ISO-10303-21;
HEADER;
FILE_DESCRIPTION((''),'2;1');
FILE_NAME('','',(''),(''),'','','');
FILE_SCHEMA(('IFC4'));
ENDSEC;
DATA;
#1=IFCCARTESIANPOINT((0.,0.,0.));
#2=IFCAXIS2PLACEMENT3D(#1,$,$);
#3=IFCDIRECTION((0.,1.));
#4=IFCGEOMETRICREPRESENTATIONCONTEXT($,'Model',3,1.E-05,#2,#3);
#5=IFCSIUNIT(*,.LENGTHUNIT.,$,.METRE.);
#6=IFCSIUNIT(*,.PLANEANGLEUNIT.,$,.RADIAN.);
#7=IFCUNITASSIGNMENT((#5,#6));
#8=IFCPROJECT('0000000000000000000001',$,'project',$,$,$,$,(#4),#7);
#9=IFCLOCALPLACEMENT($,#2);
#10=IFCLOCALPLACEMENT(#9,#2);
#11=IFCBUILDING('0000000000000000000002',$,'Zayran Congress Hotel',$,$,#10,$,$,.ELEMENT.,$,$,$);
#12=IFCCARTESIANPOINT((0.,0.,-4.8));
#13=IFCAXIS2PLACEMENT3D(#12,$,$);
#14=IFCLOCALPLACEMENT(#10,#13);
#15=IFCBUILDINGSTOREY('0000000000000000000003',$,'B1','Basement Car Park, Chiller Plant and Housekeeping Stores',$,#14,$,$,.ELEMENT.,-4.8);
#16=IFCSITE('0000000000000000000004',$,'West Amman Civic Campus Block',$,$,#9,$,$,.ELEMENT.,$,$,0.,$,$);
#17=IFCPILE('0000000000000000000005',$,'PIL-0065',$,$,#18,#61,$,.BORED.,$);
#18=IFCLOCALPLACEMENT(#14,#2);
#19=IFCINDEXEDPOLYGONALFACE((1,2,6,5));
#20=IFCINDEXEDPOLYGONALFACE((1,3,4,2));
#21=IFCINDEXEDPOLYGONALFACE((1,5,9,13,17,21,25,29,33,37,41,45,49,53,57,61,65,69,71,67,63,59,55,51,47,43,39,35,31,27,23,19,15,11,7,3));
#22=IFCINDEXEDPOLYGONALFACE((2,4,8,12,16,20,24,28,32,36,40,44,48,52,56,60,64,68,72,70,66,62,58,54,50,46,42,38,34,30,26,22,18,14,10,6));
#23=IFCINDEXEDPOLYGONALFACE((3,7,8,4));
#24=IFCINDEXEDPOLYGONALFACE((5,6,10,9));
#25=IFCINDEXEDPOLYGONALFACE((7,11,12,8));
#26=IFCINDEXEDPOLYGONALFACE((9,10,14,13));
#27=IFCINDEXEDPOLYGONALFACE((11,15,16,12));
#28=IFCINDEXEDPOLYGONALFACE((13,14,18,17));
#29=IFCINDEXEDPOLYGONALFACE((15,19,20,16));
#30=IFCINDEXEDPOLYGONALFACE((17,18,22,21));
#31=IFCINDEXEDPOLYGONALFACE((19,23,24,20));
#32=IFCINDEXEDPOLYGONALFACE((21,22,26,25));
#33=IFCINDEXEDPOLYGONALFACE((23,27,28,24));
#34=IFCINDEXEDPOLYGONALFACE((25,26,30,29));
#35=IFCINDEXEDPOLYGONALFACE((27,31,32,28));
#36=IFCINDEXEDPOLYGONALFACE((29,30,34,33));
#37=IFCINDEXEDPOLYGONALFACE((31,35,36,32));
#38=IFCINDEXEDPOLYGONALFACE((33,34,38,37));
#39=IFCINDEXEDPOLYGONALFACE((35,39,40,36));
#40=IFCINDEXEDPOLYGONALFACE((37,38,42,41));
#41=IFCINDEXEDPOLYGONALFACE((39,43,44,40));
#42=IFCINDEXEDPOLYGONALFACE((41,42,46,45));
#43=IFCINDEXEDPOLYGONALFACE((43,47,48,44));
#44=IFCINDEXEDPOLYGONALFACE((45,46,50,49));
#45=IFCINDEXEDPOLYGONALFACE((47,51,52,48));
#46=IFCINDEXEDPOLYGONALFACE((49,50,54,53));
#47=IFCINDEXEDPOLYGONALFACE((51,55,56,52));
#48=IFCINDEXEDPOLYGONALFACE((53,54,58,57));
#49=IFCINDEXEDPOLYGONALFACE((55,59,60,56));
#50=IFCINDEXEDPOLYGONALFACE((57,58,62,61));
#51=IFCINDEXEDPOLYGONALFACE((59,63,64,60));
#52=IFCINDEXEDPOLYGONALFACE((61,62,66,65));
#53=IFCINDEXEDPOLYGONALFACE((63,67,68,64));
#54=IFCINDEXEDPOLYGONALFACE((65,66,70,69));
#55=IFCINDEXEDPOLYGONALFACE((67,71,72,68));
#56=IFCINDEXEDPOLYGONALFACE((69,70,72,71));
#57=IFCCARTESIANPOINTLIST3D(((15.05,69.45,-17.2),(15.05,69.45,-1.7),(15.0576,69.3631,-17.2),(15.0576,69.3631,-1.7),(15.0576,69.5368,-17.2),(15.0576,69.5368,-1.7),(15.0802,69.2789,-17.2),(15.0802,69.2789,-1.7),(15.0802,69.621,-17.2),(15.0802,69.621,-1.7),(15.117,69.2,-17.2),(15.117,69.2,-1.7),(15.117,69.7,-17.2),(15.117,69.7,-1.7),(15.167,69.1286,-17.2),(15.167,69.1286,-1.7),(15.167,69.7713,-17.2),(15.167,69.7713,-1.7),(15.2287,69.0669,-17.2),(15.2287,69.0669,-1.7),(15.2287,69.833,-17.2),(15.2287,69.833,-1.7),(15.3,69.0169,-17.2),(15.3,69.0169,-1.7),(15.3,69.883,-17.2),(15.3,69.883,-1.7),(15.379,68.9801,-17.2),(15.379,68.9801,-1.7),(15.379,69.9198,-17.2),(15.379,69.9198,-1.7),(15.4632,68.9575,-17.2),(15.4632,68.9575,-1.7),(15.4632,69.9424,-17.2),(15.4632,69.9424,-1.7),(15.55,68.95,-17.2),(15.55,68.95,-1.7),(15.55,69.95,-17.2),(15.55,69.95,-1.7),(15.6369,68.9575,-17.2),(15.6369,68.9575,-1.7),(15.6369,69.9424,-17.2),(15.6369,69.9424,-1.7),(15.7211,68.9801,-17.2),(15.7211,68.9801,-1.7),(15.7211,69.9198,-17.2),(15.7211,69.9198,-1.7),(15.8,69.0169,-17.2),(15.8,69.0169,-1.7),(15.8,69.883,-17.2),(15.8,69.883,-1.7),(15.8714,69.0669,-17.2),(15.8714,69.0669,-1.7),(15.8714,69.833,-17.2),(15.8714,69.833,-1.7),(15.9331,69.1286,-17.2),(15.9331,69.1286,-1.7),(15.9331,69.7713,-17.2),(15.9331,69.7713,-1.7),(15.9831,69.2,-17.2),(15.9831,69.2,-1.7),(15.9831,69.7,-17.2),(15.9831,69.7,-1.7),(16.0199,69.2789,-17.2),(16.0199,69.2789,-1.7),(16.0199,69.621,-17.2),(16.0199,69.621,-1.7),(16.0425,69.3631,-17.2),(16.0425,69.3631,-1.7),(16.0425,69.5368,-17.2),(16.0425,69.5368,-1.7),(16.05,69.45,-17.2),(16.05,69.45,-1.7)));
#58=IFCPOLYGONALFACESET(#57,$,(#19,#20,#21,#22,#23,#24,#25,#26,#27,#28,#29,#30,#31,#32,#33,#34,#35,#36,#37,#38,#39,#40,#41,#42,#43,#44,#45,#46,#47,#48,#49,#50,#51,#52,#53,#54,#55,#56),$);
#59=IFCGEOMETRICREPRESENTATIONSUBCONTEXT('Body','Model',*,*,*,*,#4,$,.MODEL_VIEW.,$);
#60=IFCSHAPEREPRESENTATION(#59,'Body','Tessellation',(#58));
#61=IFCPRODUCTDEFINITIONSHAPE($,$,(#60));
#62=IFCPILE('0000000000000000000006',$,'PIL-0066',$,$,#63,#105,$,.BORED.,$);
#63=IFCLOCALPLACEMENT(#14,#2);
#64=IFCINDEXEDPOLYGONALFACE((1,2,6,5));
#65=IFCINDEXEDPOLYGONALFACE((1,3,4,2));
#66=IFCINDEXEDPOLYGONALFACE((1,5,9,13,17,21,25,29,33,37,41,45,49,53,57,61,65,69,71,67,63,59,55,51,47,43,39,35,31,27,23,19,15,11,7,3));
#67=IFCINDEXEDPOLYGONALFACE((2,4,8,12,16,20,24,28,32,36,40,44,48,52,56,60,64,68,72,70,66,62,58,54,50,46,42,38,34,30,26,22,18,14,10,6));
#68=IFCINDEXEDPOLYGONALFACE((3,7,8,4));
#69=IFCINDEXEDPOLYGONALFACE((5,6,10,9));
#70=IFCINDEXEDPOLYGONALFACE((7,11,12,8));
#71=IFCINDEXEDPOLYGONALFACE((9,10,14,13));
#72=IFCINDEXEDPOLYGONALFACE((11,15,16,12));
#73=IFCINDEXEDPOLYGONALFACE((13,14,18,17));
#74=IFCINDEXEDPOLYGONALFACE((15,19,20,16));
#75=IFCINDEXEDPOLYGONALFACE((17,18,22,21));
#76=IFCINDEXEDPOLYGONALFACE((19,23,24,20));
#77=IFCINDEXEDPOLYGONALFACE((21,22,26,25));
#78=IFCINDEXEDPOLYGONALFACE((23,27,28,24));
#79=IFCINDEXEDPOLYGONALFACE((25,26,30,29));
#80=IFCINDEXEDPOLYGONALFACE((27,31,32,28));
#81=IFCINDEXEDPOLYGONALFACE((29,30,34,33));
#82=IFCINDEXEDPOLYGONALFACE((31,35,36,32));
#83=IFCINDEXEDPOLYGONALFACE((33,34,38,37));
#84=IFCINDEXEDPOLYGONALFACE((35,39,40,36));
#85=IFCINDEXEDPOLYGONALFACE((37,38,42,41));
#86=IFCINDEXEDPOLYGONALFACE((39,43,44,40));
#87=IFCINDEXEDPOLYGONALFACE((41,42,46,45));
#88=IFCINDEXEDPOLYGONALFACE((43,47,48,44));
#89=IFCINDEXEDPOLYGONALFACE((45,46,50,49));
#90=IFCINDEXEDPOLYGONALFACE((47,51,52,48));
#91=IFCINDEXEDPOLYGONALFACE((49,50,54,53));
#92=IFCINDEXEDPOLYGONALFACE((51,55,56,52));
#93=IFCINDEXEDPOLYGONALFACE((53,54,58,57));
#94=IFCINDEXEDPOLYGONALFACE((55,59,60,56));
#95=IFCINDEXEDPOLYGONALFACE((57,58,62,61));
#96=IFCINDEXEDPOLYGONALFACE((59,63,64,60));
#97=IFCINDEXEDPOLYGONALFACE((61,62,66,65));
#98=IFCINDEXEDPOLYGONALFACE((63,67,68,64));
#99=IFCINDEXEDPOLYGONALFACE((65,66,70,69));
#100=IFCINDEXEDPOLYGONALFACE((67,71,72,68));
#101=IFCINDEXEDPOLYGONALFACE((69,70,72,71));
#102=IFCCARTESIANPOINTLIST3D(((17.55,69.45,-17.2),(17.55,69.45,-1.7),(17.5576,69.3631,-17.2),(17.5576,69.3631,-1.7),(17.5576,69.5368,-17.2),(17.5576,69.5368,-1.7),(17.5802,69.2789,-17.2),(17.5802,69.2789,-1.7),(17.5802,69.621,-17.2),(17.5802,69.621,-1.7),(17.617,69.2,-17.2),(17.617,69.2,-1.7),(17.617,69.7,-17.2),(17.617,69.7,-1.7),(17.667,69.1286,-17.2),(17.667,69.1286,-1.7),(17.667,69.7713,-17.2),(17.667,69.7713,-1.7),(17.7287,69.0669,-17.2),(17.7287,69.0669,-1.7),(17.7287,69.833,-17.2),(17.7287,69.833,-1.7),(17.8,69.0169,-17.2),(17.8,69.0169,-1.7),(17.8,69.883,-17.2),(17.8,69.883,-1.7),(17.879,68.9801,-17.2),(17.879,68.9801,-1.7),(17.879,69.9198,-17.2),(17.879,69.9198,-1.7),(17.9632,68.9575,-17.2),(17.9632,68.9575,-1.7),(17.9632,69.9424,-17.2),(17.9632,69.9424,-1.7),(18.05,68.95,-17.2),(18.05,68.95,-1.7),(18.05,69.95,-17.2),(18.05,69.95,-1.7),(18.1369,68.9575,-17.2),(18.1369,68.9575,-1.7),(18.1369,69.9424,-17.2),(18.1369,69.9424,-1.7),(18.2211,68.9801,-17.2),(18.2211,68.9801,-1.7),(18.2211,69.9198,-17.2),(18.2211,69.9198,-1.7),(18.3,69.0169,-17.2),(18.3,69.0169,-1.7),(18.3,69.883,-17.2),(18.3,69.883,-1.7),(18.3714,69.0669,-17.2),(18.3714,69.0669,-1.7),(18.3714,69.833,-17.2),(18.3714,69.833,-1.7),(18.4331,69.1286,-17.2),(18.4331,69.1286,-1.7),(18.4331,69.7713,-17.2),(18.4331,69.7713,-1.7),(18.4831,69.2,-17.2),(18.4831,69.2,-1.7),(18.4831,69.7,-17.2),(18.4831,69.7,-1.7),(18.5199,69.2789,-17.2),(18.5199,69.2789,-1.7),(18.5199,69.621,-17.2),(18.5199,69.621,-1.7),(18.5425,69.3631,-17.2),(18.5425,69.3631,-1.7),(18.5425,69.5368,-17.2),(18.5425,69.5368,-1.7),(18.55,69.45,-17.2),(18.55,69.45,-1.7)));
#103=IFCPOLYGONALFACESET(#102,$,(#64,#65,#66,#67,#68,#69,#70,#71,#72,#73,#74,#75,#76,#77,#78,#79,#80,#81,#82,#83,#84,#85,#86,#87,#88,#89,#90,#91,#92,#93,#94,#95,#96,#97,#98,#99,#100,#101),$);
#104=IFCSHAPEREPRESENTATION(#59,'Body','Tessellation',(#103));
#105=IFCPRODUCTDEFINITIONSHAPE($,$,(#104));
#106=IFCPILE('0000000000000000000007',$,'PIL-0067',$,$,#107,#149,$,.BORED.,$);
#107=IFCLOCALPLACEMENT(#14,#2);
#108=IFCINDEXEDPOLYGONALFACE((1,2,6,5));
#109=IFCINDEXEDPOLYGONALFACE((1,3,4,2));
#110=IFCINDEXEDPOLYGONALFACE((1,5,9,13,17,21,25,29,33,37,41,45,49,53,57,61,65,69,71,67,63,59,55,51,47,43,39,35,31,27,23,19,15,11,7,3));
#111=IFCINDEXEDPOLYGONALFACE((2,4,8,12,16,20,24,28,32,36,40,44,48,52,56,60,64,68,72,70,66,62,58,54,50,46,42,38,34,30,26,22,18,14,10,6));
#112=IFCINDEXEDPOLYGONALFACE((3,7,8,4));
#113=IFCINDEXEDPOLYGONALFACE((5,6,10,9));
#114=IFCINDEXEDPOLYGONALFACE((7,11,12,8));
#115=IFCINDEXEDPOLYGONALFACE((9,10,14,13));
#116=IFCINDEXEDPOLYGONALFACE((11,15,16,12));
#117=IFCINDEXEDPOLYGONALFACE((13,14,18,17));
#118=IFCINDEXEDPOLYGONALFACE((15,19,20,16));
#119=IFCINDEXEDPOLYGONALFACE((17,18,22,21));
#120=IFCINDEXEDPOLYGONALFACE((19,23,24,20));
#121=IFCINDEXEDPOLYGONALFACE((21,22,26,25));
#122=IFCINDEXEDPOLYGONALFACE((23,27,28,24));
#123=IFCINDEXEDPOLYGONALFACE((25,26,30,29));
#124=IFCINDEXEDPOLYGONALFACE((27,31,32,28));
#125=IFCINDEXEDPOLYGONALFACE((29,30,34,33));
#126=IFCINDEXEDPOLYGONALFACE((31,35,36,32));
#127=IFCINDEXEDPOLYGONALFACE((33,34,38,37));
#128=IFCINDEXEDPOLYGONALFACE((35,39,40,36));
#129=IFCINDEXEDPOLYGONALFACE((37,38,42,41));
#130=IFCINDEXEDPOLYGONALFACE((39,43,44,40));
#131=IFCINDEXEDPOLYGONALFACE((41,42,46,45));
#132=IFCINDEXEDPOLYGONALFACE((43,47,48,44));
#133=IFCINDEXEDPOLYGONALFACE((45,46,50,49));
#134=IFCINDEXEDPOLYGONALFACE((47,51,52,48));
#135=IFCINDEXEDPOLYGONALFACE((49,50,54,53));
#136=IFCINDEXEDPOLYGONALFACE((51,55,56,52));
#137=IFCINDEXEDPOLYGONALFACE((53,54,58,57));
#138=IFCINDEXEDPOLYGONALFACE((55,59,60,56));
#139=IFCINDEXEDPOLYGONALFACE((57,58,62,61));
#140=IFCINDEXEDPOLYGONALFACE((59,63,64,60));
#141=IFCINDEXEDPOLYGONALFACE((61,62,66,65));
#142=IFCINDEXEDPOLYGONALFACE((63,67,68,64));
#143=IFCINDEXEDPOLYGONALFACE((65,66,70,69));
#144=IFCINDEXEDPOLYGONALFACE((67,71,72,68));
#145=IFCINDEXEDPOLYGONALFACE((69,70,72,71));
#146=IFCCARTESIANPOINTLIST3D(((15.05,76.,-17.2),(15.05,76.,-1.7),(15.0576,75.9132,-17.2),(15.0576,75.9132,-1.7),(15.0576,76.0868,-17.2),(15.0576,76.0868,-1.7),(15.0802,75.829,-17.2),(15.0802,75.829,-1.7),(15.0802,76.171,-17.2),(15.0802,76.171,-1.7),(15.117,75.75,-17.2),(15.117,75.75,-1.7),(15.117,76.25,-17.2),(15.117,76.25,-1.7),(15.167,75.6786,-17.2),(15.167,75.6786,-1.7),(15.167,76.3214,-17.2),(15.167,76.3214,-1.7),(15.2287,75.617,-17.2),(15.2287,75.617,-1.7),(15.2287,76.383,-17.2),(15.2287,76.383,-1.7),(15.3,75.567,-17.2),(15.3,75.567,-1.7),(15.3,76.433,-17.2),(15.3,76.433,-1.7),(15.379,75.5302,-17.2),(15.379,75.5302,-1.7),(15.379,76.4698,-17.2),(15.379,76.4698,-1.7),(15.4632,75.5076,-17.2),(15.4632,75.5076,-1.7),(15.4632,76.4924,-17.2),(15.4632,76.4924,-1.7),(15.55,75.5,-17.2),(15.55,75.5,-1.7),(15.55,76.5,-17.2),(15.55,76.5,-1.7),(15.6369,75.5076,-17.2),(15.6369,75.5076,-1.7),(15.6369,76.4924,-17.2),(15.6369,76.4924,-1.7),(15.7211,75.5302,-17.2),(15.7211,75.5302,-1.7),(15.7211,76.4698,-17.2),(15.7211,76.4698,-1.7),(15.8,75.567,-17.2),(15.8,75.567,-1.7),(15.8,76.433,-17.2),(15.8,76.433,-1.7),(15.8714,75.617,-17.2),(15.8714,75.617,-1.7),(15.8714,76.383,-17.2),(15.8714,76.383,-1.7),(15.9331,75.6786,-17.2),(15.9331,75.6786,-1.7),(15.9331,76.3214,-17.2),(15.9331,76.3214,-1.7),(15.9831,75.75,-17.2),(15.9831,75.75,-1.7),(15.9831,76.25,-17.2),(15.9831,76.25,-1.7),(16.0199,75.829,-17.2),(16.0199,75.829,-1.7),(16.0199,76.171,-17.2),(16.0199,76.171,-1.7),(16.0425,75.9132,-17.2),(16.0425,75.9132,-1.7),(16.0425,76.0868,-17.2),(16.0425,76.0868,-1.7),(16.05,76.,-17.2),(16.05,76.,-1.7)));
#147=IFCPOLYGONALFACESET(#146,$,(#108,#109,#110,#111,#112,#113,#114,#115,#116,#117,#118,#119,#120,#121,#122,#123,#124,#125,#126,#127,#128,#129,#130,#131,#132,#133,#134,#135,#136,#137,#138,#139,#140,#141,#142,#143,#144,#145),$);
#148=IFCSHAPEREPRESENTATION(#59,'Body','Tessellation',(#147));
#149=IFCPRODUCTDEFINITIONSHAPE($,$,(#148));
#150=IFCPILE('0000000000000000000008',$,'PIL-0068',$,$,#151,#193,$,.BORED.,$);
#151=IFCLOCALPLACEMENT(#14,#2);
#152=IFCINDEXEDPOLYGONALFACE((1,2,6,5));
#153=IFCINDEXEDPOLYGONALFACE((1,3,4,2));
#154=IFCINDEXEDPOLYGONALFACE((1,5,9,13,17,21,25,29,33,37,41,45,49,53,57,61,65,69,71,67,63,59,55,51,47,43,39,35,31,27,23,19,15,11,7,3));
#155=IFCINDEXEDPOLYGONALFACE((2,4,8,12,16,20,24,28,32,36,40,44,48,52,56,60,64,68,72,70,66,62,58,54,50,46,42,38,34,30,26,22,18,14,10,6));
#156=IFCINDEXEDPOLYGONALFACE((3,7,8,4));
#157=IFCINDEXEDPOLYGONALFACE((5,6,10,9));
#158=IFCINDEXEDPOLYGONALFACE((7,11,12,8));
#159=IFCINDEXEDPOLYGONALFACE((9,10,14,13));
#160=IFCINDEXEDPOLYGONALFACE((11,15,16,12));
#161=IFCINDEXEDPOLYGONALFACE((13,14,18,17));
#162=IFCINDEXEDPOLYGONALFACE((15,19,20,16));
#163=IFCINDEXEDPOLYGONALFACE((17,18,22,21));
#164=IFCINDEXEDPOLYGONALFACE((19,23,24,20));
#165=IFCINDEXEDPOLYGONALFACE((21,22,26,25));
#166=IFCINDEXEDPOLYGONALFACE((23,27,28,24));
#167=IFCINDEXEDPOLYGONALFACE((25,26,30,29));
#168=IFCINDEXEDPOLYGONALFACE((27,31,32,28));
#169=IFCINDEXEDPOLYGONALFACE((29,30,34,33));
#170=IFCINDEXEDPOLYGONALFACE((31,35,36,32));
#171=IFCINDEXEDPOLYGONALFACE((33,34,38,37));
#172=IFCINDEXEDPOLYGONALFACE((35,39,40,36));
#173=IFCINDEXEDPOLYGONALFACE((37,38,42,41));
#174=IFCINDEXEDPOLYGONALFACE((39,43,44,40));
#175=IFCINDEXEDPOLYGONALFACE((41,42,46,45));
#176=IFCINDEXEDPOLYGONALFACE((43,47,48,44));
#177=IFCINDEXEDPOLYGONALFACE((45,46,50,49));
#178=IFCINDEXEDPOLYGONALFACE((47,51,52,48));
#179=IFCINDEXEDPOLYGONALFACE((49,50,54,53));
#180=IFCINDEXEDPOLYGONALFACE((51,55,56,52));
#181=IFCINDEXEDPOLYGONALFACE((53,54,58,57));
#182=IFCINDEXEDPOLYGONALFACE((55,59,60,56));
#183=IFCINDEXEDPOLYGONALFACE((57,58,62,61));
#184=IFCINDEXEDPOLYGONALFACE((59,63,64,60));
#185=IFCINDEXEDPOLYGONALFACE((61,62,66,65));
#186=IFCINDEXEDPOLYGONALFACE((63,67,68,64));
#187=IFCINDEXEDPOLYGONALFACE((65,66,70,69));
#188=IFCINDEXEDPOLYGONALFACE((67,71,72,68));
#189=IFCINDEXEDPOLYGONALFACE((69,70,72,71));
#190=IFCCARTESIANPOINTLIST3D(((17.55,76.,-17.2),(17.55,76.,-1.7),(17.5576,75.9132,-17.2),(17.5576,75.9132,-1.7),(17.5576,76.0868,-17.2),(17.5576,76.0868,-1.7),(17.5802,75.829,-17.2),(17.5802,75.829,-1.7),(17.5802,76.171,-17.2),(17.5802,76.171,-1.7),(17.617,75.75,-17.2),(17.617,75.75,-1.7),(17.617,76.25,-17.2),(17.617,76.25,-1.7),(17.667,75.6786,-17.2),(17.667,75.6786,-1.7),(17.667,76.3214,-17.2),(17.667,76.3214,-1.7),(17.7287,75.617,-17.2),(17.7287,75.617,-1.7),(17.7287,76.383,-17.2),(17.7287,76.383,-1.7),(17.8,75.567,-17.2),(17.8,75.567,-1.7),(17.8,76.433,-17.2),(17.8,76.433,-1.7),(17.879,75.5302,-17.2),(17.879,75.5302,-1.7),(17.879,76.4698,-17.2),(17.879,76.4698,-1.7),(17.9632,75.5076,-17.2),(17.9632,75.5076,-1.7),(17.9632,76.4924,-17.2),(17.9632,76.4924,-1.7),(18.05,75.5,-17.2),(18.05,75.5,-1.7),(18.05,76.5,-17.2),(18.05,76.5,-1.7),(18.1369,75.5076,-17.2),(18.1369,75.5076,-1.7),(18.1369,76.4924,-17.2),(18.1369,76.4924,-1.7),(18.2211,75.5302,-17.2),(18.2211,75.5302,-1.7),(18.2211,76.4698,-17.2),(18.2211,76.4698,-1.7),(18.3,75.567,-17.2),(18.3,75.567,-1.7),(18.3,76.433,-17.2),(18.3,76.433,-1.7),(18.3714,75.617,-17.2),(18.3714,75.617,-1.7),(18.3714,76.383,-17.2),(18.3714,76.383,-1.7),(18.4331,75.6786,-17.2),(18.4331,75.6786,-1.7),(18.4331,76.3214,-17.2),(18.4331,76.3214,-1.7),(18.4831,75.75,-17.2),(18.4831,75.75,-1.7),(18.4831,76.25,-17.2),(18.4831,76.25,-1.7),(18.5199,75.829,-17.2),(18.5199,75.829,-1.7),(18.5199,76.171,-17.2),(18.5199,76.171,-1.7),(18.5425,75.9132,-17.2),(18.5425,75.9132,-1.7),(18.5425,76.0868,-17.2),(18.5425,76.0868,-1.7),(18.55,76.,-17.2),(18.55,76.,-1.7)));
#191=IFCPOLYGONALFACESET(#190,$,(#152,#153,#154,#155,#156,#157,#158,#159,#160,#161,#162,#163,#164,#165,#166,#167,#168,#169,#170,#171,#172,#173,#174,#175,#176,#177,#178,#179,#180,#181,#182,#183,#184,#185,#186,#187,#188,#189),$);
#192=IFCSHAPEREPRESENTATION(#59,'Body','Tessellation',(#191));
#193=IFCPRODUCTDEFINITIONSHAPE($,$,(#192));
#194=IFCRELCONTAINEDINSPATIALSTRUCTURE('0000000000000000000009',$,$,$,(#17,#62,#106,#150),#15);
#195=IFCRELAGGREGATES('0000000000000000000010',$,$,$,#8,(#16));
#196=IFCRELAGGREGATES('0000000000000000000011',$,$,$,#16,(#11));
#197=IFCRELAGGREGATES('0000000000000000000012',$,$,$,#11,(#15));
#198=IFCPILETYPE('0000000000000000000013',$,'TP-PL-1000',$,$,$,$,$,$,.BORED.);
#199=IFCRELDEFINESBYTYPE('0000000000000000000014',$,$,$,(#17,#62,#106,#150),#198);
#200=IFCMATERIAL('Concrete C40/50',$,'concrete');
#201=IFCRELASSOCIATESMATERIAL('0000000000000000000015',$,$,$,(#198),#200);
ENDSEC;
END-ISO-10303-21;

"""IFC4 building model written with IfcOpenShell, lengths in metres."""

from ifc_helpers import new_model, si_unit, direction, frame, origin, origin_2d, place, context, subcontext, project, spatial, circle, extrude, material, material_profile, profile_set, type_object, element, save


model = new_model("IFC4")

# Units and contexts
model_context = context("Model", 3, precision=1e-05, world=origin(), true_north=direction((0.0, 1.0)))
body_context = subcontext(model_context, "Body", "Model", "MODEL_VIEW")
ifc_project = project(units=[si_unit("LENGTHUNIT", "METRE"), si_unit("PLANEANGLEUNIT", "RADIAN")], contexts=[model_context])

# Site, building, storey
site_placement = place(None, origin())
site = spatial("IfcSite", under=ifc_project, at=site_placement, Name="West Amman Civic Campus Block", CompositionType="ELEMENT", RefElevation=0.0)
building_placement = place(site_placement, origin())
building = spatial("IfcBuilding", under=site, at=building_placement, Name="Zayran Congress Hotel", CompositionType="ELEMENT")
storey_placement = place(building_placement, frame((0.0, 0.0, -4.8)))
storey = spatial("IfcBuildingStorey", under=building, at=storey_placement, Name="B1", Description="Basement Car Park, Chiller Plant and Housekeeping Stores", CompositionType="ELEMENT", Elevation=-4.8)

# Piles
ifc_material = material(Name="Concrete C40/50", Category="concrete")
ifc_material_profile_1 = material_profile(ifc_material, circle(Radius=0.5, at=origin_2d()), Name="PILE D1000")
ifc_profile_set_1 = profile_set([ifc_material_profile_1], Name="Concrete C40/50")
pile_type = type_object("IfcPileType", Name="TP-PL-1000", PredefinedType="BORED", material=ifc_profile_set_1)
for number, where, z_axis, x_axis, name in (
    (1, (15.55, 69.45, -1.7), (0.0, 0.0, -1.0), (1.0, 0.0, 0.0), "PIL-0065"),
    (2, (18.05, 69.45, -1.7), (0.0, 0.0, -1.0), (1.0, 0.0, 0.0), "PIL-0066"),
    (3, (15.55, 76.0, -1.7), (0.0, 0.0, -1.0), (1.0, 0.0, 0.0), "PIL-0067"),
    (4, (18.05, 76.0, -1.7), (0.0, 0.0, -1.0), (1.0, 0.0, 0.0), "PIL-0068"),
):
    element("IfcPile", number, at=place(storey_placement, frame(where, z_axis=z_axis, x_axis=x_axis)), inside=storey, type_object=pile_type, Name=name, PredefinedType="BORED", context=body_context, shape_type="SweptSolid", body=[
        extrude(circle(Radius=0.5, at=origin_2d()), origin(), (0.0, 0.0, 1.0), 15.5),
    ])

save(model, "model.ifc")
